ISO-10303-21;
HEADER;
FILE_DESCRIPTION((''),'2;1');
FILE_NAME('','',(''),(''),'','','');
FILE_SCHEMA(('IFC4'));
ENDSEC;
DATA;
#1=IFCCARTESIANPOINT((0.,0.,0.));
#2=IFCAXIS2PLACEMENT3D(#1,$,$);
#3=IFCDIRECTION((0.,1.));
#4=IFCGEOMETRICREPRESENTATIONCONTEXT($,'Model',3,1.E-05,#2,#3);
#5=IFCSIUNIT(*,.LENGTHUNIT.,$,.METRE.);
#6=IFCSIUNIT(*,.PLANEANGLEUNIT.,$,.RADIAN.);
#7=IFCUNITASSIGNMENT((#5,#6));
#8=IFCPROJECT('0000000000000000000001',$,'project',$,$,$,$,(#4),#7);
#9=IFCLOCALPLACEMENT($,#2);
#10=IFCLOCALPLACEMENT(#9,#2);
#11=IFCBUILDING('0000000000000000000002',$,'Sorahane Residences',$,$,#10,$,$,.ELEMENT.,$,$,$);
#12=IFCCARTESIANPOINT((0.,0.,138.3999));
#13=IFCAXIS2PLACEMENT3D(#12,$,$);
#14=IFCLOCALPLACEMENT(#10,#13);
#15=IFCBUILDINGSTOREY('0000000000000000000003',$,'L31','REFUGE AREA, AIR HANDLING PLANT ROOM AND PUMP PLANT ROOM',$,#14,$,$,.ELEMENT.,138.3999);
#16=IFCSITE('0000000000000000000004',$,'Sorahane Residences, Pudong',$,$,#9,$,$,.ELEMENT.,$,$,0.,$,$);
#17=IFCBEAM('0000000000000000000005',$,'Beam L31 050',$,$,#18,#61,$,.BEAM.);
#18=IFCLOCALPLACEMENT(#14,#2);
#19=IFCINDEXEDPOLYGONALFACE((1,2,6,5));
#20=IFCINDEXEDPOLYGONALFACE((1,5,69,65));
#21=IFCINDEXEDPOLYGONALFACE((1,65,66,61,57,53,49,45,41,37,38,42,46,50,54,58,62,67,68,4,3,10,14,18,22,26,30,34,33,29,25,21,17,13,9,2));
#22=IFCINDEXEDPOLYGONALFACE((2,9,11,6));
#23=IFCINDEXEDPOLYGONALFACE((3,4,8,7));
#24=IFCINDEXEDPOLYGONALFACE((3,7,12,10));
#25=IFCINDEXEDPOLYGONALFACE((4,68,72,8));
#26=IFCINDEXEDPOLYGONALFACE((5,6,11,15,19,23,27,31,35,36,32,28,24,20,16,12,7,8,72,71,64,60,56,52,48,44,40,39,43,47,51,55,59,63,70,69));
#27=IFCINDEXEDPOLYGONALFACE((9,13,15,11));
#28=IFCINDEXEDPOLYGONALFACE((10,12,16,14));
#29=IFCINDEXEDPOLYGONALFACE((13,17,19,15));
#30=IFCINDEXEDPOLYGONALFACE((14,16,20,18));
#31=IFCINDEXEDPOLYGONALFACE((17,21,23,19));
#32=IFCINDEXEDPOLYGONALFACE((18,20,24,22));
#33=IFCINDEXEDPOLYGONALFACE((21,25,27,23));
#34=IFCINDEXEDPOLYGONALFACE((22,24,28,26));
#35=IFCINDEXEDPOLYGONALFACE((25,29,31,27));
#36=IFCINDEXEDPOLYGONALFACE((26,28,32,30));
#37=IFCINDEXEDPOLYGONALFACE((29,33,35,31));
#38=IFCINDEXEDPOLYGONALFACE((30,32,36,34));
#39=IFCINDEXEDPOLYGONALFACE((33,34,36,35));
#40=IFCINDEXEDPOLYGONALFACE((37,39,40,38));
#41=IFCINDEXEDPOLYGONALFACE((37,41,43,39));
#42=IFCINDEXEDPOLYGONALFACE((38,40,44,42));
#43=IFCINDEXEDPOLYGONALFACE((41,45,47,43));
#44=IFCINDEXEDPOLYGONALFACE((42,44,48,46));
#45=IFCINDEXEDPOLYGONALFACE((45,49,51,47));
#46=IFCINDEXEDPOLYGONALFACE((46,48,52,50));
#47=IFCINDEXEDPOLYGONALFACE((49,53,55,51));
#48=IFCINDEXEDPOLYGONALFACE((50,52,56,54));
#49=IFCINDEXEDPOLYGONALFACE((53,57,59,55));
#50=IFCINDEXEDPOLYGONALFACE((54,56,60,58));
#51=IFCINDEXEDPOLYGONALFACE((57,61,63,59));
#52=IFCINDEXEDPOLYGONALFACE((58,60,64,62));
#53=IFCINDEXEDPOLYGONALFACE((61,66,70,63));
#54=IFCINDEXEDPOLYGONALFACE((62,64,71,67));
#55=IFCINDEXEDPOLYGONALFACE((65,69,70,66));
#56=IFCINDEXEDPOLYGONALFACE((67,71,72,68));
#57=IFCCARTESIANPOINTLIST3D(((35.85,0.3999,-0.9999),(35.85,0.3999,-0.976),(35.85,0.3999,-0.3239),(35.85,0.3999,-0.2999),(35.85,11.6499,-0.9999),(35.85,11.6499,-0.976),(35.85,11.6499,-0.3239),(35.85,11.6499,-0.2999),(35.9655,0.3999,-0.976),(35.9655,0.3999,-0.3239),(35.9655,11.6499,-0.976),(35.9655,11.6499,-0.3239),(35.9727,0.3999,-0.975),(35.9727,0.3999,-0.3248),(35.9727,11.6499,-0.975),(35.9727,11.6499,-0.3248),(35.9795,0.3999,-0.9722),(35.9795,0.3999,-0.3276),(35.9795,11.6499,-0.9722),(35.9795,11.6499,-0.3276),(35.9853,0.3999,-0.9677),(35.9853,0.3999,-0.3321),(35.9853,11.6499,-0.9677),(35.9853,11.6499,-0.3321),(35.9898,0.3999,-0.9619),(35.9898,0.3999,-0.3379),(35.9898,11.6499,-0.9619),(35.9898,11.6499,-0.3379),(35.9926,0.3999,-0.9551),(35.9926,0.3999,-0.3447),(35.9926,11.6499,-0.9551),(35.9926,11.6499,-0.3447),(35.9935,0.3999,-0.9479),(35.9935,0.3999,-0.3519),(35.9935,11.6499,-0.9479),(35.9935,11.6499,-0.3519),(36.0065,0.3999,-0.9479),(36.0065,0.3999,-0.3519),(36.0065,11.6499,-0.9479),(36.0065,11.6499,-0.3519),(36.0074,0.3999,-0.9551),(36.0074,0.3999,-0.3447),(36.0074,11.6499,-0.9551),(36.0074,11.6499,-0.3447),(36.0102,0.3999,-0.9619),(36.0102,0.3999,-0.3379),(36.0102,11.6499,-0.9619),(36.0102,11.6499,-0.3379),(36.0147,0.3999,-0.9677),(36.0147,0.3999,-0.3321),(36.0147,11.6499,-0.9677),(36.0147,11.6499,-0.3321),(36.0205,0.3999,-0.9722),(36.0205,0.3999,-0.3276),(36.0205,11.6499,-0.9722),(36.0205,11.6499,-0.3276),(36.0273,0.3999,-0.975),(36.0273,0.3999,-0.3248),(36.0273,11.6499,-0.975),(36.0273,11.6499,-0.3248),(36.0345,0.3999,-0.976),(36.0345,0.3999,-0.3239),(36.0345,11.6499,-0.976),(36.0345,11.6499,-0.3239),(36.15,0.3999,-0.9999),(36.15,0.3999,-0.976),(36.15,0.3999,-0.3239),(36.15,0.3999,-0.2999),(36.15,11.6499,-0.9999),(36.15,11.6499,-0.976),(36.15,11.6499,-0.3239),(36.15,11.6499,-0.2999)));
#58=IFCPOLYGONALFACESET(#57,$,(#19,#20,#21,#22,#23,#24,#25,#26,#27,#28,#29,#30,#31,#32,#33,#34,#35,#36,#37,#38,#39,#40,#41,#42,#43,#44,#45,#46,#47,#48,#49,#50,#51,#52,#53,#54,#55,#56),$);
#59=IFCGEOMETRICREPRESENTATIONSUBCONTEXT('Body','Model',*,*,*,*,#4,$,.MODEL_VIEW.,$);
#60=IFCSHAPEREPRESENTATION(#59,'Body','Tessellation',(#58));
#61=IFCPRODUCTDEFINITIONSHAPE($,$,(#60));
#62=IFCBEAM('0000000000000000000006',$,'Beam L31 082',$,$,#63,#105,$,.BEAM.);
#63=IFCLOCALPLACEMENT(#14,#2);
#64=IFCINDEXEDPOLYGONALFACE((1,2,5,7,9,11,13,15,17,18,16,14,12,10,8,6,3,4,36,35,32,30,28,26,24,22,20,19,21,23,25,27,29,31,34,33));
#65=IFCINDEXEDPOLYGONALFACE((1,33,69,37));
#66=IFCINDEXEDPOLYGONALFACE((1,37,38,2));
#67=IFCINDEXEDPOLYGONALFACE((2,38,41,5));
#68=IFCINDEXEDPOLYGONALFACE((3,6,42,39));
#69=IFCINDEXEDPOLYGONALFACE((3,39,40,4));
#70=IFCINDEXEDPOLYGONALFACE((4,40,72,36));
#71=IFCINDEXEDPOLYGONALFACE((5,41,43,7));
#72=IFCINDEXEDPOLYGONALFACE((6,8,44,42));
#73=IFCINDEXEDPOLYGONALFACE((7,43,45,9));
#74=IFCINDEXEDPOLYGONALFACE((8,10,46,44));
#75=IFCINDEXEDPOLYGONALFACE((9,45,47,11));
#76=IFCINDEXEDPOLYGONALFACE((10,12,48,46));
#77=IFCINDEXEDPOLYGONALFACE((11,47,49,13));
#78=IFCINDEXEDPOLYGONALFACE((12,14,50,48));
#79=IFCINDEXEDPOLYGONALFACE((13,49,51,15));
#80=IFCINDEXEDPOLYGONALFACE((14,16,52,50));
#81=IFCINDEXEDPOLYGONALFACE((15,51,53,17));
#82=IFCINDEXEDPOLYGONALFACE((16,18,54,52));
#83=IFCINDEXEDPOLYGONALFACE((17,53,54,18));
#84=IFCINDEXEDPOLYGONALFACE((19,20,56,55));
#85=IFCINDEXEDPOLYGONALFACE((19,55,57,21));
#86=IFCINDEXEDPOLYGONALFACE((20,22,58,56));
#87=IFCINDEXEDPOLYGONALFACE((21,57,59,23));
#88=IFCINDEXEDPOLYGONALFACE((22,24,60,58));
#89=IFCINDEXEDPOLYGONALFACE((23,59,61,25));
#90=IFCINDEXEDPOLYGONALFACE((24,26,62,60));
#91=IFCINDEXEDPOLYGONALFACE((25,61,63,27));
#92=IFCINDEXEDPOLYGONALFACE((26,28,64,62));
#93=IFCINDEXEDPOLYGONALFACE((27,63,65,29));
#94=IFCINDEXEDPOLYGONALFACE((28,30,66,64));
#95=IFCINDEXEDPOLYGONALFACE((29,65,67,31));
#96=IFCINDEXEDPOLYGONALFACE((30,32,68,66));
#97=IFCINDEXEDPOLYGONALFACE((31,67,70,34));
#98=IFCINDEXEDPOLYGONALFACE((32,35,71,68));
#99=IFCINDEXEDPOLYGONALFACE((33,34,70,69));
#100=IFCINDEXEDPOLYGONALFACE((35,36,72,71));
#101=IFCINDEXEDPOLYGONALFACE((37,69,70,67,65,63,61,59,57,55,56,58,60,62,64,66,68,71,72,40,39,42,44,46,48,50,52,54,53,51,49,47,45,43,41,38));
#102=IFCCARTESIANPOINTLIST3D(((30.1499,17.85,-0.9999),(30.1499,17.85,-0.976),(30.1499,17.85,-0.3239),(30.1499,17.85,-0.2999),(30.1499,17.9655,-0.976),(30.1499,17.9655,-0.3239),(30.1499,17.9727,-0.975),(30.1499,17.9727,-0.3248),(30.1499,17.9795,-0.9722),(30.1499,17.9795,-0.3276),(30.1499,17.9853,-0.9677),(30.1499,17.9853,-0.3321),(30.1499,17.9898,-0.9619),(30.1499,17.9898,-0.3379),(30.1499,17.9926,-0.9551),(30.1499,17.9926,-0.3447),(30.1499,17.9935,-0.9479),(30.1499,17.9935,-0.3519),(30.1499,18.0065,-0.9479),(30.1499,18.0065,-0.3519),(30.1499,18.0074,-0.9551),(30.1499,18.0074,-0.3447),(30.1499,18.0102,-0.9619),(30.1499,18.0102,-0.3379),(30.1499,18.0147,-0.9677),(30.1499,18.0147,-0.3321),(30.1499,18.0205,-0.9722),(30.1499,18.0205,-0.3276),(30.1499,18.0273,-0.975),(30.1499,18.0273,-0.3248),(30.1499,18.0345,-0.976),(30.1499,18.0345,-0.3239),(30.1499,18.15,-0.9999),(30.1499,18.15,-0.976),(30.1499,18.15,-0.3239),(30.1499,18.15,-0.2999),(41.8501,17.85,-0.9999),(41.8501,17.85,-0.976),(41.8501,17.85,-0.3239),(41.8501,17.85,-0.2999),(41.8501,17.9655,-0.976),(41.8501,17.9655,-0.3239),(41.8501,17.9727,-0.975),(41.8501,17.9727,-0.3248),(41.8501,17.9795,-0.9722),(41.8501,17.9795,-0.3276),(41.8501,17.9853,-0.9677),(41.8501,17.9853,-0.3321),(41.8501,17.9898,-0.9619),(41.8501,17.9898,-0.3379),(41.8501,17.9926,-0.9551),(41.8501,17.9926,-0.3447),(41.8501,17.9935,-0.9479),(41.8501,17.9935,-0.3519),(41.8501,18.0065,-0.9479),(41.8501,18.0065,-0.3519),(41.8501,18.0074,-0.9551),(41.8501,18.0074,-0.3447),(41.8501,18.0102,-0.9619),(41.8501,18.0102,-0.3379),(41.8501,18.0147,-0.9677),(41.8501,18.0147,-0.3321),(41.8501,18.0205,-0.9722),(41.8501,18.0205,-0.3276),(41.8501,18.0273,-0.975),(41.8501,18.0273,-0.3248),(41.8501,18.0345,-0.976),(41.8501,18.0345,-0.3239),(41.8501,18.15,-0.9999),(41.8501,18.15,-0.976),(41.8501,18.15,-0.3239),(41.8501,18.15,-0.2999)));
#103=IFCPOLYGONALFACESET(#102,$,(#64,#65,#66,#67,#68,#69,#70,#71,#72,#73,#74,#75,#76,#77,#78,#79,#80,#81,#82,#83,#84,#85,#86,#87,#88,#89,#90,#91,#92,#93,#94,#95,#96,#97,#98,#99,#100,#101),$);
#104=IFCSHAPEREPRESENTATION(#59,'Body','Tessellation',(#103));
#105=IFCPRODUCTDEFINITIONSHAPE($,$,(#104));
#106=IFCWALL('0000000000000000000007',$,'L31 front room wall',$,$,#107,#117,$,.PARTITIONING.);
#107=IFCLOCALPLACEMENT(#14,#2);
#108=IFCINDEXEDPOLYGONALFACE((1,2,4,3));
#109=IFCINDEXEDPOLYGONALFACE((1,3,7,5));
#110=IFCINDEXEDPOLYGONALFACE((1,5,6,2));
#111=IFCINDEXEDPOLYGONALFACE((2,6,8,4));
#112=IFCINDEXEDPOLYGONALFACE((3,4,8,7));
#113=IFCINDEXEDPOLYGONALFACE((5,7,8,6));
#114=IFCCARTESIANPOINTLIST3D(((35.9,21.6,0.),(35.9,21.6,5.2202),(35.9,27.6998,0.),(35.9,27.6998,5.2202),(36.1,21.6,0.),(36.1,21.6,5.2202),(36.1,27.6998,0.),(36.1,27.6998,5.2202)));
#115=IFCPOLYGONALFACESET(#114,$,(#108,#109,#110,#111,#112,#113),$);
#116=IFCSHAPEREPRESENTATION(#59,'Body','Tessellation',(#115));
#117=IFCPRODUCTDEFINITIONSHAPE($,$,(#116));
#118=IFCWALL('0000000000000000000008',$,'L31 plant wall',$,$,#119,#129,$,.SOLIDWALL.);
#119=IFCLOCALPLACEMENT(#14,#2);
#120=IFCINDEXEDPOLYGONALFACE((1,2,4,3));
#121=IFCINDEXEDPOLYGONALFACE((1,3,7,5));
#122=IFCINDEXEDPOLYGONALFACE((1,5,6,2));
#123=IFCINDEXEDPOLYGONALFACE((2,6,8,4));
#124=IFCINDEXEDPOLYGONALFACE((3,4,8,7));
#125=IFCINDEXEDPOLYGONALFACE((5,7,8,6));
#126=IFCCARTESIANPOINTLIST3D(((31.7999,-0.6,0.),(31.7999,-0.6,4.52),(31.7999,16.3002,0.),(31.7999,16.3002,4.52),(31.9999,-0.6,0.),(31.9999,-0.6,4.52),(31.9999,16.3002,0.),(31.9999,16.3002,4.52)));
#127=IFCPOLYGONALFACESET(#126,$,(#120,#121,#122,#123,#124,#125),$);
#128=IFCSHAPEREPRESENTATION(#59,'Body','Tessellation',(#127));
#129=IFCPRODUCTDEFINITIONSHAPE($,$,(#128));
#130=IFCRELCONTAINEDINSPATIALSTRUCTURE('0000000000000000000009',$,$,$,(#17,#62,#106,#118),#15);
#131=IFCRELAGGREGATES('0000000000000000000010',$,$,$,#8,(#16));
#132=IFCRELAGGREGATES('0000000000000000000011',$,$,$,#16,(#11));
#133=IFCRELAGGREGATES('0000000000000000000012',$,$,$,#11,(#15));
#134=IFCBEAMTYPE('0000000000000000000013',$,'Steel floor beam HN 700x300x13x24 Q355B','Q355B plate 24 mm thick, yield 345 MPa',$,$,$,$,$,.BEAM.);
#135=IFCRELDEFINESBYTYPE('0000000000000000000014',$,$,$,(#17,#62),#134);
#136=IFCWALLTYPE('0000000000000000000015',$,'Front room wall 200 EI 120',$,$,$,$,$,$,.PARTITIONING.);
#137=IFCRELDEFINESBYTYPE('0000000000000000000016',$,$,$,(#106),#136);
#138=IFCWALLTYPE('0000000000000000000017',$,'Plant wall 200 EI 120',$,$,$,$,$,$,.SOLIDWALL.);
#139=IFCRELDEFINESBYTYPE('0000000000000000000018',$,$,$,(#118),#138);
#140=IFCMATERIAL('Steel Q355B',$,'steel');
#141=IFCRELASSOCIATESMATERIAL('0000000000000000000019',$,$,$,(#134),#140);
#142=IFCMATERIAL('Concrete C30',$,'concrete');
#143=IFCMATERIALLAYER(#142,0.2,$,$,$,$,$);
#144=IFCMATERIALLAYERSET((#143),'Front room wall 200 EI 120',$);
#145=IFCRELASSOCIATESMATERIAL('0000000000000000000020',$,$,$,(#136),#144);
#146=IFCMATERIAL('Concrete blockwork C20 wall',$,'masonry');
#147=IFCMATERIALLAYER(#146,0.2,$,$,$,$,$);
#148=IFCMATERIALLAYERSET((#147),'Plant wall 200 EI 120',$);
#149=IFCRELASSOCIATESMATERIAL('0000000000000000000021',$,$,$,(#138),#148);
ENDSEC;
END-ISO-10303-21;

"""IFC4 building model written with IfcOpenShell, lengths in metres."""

from ifc_helpers import new_model, si_unit, direction, frame, frame_2d, origin, origin_2d, place, context, subcontext, project, spatial, rectangle, i_section, extrude, material, layer, layer_set, material_profile, profile_set, type_object, element, save


model = new_model("IFC4")

# Units and contexts
model_context = context("Model", 3, precision=1e-05, world=origin(), true_north=direction((0.0, 1.0)))
body_context = subcontext(model_context, "Body", "Model", "MODEL_VIEW")
ifc_project = project(units=[si_unit("LENGTHUNIT", "METRE"), si_unit("PLANEANGLEUNIT", "RADIAN")], contexts=[model_context])

# Site, building, storey
site_placement = place(None, origin())
site = spatial("IfcSite", under=ifc_project, at=site_placement, Name="Sorahane Residences, Pudong", CompositionType="ELEMENT", RefElevation=0.0)
building_placement = place(site_placement, origin())
building = spatial("IfcBuilding", under=site, at=building_placement, Name="Sorahane Residences", CompositionType="ELEMENT")
storey_placement = place(building_placement, frame((0.0, 0.0, 138.3999)))
storey = spatial("IfcBuildingStorey", under=building, at=storey_placement, Name="L31", Description="REFUGE AREA, AIR HANDLING PLANT ROOM AND PUMP PLANT ROOM", CompositionType="ELEMENT", Elevation=138.3999)

# Beams
ifc_material_1 = material(Name="Steel Q355B", Category="steel")
ifc_material_profile_1 = material_profile(ifc_material_1, i_section(OverallWidth=0.3, OverallDepth=0.7, WebThickness=0.0129, FlangeThickness=0.0239, FilletRadius=0.0281, at=origin_2d()), Name="HN 700x300x13x24")
ifc_profile_set_1 = profile_set([ifc_material_profile_1], Name="Steel Q355B")
beam_type_1 = type_object("IfcBeamType", Name="Steel floor beam HN 700x300x13x24 Q355B", Description="Q355B plate 24 mm thick, yield 345 MPa", PredefinedType="BEAM", material=ifc_profile_set_1)
beam_1_placement = place(storey_placement, frame((36.0, 0.3999, -0.6499), z_axis=(0.0, 1.0, 0.0), x_axis=(-1.0, 0.0, 0.0)))
element("IfcBeam", 1, at=beam_1_placement, inside=storey, type_object=beam_type_1, Name="Beam L31 050", PredefinedType="BEAM", context=body_context, shape_type="SweptSolid", body=[
    extrude(i_section(OverallWidth=0.3, OverallDepth=0.7, WebThickness=0.0129, FlangeThickness=0.0239, FilletRadius=0.0281, at=origin_2d()), origin(), (0.0, 0.0, 1.0), 11.25),
])
beam_2_placement = place(storey_placement, frame((30.1499, 18.0, -0.6499), z_axis=(1.0, 0.0, 0.0), x_axis=(0.0, 1.0, 0.0)))
element("IfcBeam", 2, at=beam_2_placement, inside=storey, type_object=beam_type_1, Name="Beam L31 082", PredefinedType="BEAM", context=body_context, shape_type="SweptSolid", body=[
    extrude(i_section(OverallWidth=0.3, OverallDepth=0.7, WebThickness=0.0129, FlangeThickness=0.0239, FilletRadius=0.0281, at=origin_2d()), origin(), (0.0, 0.0, 1.0), 11.7002),
])

# Walls
ifc_material_2 = material(Name="Concrete C30", Category="concrete")
ifc_layer_1 = layer(ifc_material_2, 0.2)
ifc_layer_set_1 = layer_set([ifc_layer_1], Name="Front room wall 200 EI 120")
wall_type_1 = type_object("IfcWallType", Name="Front room wall 200 EI 120", PredefinedType="PARTITIONING", material=ifc_layer_set_1)
wall_1_placement = place(storey_placement, frame((36.0, 21.6001, 0.0), z_axis=(0.0, 0.0, 1.0), x_axis=(0.0, 1.0, 0.0)))
element("IfcWall", 3, at=wall_1_placement, inside=storey, type_object=wall_type_1, Name="L31 front room wall", PredefinedType="PARTITIONING", context=body_context, shape_type="SweptSolid", body=[
    extrude(rectangle(XDim=6.0999, YDim=0.2, at=frame_2d((3.0498, 0.0))), origin(), (0.0, 0.0, 1.0), 5.2202),
])
ifc_material_3 = material(Name="Concrete blockwork C20 wall", Category="masonry")
ifc_layer_2 = layer(ifc_material_3, 0.2)
ifc_layer_set_2 = layer_set([ifc_layer_2], Name="Plant wall 200 EI 120")
wall_type_2 = type_object("IfcWallType", Name="Plant wall 200 EI 120", PredefinedType="SOLIDWALL", material=ifc_layer_set_2)
wall_2_placement = place(storey_placement, frame((31.8999, -0.6001, 0.0), z_axis=(0.0, 0.0, 1.0), x_axis=(0.0, 1.0, 0.0)))
element("IfcWall", 4, at=wall_2_placement, inside=storey, type_object=wall_type_2, Name="L31 plant wall", PredefinedType="SOLIDWALL", context=body_context, shape_type="SweptSolid", body=[
    extrude(rectangle(XDim=16.9001, YDim=0.2, at=frame_2d((8.4502, 0.0))), origin(), (0.0, 0.0, 1.0), 4.52),
])

save(model, "model.ifc")
